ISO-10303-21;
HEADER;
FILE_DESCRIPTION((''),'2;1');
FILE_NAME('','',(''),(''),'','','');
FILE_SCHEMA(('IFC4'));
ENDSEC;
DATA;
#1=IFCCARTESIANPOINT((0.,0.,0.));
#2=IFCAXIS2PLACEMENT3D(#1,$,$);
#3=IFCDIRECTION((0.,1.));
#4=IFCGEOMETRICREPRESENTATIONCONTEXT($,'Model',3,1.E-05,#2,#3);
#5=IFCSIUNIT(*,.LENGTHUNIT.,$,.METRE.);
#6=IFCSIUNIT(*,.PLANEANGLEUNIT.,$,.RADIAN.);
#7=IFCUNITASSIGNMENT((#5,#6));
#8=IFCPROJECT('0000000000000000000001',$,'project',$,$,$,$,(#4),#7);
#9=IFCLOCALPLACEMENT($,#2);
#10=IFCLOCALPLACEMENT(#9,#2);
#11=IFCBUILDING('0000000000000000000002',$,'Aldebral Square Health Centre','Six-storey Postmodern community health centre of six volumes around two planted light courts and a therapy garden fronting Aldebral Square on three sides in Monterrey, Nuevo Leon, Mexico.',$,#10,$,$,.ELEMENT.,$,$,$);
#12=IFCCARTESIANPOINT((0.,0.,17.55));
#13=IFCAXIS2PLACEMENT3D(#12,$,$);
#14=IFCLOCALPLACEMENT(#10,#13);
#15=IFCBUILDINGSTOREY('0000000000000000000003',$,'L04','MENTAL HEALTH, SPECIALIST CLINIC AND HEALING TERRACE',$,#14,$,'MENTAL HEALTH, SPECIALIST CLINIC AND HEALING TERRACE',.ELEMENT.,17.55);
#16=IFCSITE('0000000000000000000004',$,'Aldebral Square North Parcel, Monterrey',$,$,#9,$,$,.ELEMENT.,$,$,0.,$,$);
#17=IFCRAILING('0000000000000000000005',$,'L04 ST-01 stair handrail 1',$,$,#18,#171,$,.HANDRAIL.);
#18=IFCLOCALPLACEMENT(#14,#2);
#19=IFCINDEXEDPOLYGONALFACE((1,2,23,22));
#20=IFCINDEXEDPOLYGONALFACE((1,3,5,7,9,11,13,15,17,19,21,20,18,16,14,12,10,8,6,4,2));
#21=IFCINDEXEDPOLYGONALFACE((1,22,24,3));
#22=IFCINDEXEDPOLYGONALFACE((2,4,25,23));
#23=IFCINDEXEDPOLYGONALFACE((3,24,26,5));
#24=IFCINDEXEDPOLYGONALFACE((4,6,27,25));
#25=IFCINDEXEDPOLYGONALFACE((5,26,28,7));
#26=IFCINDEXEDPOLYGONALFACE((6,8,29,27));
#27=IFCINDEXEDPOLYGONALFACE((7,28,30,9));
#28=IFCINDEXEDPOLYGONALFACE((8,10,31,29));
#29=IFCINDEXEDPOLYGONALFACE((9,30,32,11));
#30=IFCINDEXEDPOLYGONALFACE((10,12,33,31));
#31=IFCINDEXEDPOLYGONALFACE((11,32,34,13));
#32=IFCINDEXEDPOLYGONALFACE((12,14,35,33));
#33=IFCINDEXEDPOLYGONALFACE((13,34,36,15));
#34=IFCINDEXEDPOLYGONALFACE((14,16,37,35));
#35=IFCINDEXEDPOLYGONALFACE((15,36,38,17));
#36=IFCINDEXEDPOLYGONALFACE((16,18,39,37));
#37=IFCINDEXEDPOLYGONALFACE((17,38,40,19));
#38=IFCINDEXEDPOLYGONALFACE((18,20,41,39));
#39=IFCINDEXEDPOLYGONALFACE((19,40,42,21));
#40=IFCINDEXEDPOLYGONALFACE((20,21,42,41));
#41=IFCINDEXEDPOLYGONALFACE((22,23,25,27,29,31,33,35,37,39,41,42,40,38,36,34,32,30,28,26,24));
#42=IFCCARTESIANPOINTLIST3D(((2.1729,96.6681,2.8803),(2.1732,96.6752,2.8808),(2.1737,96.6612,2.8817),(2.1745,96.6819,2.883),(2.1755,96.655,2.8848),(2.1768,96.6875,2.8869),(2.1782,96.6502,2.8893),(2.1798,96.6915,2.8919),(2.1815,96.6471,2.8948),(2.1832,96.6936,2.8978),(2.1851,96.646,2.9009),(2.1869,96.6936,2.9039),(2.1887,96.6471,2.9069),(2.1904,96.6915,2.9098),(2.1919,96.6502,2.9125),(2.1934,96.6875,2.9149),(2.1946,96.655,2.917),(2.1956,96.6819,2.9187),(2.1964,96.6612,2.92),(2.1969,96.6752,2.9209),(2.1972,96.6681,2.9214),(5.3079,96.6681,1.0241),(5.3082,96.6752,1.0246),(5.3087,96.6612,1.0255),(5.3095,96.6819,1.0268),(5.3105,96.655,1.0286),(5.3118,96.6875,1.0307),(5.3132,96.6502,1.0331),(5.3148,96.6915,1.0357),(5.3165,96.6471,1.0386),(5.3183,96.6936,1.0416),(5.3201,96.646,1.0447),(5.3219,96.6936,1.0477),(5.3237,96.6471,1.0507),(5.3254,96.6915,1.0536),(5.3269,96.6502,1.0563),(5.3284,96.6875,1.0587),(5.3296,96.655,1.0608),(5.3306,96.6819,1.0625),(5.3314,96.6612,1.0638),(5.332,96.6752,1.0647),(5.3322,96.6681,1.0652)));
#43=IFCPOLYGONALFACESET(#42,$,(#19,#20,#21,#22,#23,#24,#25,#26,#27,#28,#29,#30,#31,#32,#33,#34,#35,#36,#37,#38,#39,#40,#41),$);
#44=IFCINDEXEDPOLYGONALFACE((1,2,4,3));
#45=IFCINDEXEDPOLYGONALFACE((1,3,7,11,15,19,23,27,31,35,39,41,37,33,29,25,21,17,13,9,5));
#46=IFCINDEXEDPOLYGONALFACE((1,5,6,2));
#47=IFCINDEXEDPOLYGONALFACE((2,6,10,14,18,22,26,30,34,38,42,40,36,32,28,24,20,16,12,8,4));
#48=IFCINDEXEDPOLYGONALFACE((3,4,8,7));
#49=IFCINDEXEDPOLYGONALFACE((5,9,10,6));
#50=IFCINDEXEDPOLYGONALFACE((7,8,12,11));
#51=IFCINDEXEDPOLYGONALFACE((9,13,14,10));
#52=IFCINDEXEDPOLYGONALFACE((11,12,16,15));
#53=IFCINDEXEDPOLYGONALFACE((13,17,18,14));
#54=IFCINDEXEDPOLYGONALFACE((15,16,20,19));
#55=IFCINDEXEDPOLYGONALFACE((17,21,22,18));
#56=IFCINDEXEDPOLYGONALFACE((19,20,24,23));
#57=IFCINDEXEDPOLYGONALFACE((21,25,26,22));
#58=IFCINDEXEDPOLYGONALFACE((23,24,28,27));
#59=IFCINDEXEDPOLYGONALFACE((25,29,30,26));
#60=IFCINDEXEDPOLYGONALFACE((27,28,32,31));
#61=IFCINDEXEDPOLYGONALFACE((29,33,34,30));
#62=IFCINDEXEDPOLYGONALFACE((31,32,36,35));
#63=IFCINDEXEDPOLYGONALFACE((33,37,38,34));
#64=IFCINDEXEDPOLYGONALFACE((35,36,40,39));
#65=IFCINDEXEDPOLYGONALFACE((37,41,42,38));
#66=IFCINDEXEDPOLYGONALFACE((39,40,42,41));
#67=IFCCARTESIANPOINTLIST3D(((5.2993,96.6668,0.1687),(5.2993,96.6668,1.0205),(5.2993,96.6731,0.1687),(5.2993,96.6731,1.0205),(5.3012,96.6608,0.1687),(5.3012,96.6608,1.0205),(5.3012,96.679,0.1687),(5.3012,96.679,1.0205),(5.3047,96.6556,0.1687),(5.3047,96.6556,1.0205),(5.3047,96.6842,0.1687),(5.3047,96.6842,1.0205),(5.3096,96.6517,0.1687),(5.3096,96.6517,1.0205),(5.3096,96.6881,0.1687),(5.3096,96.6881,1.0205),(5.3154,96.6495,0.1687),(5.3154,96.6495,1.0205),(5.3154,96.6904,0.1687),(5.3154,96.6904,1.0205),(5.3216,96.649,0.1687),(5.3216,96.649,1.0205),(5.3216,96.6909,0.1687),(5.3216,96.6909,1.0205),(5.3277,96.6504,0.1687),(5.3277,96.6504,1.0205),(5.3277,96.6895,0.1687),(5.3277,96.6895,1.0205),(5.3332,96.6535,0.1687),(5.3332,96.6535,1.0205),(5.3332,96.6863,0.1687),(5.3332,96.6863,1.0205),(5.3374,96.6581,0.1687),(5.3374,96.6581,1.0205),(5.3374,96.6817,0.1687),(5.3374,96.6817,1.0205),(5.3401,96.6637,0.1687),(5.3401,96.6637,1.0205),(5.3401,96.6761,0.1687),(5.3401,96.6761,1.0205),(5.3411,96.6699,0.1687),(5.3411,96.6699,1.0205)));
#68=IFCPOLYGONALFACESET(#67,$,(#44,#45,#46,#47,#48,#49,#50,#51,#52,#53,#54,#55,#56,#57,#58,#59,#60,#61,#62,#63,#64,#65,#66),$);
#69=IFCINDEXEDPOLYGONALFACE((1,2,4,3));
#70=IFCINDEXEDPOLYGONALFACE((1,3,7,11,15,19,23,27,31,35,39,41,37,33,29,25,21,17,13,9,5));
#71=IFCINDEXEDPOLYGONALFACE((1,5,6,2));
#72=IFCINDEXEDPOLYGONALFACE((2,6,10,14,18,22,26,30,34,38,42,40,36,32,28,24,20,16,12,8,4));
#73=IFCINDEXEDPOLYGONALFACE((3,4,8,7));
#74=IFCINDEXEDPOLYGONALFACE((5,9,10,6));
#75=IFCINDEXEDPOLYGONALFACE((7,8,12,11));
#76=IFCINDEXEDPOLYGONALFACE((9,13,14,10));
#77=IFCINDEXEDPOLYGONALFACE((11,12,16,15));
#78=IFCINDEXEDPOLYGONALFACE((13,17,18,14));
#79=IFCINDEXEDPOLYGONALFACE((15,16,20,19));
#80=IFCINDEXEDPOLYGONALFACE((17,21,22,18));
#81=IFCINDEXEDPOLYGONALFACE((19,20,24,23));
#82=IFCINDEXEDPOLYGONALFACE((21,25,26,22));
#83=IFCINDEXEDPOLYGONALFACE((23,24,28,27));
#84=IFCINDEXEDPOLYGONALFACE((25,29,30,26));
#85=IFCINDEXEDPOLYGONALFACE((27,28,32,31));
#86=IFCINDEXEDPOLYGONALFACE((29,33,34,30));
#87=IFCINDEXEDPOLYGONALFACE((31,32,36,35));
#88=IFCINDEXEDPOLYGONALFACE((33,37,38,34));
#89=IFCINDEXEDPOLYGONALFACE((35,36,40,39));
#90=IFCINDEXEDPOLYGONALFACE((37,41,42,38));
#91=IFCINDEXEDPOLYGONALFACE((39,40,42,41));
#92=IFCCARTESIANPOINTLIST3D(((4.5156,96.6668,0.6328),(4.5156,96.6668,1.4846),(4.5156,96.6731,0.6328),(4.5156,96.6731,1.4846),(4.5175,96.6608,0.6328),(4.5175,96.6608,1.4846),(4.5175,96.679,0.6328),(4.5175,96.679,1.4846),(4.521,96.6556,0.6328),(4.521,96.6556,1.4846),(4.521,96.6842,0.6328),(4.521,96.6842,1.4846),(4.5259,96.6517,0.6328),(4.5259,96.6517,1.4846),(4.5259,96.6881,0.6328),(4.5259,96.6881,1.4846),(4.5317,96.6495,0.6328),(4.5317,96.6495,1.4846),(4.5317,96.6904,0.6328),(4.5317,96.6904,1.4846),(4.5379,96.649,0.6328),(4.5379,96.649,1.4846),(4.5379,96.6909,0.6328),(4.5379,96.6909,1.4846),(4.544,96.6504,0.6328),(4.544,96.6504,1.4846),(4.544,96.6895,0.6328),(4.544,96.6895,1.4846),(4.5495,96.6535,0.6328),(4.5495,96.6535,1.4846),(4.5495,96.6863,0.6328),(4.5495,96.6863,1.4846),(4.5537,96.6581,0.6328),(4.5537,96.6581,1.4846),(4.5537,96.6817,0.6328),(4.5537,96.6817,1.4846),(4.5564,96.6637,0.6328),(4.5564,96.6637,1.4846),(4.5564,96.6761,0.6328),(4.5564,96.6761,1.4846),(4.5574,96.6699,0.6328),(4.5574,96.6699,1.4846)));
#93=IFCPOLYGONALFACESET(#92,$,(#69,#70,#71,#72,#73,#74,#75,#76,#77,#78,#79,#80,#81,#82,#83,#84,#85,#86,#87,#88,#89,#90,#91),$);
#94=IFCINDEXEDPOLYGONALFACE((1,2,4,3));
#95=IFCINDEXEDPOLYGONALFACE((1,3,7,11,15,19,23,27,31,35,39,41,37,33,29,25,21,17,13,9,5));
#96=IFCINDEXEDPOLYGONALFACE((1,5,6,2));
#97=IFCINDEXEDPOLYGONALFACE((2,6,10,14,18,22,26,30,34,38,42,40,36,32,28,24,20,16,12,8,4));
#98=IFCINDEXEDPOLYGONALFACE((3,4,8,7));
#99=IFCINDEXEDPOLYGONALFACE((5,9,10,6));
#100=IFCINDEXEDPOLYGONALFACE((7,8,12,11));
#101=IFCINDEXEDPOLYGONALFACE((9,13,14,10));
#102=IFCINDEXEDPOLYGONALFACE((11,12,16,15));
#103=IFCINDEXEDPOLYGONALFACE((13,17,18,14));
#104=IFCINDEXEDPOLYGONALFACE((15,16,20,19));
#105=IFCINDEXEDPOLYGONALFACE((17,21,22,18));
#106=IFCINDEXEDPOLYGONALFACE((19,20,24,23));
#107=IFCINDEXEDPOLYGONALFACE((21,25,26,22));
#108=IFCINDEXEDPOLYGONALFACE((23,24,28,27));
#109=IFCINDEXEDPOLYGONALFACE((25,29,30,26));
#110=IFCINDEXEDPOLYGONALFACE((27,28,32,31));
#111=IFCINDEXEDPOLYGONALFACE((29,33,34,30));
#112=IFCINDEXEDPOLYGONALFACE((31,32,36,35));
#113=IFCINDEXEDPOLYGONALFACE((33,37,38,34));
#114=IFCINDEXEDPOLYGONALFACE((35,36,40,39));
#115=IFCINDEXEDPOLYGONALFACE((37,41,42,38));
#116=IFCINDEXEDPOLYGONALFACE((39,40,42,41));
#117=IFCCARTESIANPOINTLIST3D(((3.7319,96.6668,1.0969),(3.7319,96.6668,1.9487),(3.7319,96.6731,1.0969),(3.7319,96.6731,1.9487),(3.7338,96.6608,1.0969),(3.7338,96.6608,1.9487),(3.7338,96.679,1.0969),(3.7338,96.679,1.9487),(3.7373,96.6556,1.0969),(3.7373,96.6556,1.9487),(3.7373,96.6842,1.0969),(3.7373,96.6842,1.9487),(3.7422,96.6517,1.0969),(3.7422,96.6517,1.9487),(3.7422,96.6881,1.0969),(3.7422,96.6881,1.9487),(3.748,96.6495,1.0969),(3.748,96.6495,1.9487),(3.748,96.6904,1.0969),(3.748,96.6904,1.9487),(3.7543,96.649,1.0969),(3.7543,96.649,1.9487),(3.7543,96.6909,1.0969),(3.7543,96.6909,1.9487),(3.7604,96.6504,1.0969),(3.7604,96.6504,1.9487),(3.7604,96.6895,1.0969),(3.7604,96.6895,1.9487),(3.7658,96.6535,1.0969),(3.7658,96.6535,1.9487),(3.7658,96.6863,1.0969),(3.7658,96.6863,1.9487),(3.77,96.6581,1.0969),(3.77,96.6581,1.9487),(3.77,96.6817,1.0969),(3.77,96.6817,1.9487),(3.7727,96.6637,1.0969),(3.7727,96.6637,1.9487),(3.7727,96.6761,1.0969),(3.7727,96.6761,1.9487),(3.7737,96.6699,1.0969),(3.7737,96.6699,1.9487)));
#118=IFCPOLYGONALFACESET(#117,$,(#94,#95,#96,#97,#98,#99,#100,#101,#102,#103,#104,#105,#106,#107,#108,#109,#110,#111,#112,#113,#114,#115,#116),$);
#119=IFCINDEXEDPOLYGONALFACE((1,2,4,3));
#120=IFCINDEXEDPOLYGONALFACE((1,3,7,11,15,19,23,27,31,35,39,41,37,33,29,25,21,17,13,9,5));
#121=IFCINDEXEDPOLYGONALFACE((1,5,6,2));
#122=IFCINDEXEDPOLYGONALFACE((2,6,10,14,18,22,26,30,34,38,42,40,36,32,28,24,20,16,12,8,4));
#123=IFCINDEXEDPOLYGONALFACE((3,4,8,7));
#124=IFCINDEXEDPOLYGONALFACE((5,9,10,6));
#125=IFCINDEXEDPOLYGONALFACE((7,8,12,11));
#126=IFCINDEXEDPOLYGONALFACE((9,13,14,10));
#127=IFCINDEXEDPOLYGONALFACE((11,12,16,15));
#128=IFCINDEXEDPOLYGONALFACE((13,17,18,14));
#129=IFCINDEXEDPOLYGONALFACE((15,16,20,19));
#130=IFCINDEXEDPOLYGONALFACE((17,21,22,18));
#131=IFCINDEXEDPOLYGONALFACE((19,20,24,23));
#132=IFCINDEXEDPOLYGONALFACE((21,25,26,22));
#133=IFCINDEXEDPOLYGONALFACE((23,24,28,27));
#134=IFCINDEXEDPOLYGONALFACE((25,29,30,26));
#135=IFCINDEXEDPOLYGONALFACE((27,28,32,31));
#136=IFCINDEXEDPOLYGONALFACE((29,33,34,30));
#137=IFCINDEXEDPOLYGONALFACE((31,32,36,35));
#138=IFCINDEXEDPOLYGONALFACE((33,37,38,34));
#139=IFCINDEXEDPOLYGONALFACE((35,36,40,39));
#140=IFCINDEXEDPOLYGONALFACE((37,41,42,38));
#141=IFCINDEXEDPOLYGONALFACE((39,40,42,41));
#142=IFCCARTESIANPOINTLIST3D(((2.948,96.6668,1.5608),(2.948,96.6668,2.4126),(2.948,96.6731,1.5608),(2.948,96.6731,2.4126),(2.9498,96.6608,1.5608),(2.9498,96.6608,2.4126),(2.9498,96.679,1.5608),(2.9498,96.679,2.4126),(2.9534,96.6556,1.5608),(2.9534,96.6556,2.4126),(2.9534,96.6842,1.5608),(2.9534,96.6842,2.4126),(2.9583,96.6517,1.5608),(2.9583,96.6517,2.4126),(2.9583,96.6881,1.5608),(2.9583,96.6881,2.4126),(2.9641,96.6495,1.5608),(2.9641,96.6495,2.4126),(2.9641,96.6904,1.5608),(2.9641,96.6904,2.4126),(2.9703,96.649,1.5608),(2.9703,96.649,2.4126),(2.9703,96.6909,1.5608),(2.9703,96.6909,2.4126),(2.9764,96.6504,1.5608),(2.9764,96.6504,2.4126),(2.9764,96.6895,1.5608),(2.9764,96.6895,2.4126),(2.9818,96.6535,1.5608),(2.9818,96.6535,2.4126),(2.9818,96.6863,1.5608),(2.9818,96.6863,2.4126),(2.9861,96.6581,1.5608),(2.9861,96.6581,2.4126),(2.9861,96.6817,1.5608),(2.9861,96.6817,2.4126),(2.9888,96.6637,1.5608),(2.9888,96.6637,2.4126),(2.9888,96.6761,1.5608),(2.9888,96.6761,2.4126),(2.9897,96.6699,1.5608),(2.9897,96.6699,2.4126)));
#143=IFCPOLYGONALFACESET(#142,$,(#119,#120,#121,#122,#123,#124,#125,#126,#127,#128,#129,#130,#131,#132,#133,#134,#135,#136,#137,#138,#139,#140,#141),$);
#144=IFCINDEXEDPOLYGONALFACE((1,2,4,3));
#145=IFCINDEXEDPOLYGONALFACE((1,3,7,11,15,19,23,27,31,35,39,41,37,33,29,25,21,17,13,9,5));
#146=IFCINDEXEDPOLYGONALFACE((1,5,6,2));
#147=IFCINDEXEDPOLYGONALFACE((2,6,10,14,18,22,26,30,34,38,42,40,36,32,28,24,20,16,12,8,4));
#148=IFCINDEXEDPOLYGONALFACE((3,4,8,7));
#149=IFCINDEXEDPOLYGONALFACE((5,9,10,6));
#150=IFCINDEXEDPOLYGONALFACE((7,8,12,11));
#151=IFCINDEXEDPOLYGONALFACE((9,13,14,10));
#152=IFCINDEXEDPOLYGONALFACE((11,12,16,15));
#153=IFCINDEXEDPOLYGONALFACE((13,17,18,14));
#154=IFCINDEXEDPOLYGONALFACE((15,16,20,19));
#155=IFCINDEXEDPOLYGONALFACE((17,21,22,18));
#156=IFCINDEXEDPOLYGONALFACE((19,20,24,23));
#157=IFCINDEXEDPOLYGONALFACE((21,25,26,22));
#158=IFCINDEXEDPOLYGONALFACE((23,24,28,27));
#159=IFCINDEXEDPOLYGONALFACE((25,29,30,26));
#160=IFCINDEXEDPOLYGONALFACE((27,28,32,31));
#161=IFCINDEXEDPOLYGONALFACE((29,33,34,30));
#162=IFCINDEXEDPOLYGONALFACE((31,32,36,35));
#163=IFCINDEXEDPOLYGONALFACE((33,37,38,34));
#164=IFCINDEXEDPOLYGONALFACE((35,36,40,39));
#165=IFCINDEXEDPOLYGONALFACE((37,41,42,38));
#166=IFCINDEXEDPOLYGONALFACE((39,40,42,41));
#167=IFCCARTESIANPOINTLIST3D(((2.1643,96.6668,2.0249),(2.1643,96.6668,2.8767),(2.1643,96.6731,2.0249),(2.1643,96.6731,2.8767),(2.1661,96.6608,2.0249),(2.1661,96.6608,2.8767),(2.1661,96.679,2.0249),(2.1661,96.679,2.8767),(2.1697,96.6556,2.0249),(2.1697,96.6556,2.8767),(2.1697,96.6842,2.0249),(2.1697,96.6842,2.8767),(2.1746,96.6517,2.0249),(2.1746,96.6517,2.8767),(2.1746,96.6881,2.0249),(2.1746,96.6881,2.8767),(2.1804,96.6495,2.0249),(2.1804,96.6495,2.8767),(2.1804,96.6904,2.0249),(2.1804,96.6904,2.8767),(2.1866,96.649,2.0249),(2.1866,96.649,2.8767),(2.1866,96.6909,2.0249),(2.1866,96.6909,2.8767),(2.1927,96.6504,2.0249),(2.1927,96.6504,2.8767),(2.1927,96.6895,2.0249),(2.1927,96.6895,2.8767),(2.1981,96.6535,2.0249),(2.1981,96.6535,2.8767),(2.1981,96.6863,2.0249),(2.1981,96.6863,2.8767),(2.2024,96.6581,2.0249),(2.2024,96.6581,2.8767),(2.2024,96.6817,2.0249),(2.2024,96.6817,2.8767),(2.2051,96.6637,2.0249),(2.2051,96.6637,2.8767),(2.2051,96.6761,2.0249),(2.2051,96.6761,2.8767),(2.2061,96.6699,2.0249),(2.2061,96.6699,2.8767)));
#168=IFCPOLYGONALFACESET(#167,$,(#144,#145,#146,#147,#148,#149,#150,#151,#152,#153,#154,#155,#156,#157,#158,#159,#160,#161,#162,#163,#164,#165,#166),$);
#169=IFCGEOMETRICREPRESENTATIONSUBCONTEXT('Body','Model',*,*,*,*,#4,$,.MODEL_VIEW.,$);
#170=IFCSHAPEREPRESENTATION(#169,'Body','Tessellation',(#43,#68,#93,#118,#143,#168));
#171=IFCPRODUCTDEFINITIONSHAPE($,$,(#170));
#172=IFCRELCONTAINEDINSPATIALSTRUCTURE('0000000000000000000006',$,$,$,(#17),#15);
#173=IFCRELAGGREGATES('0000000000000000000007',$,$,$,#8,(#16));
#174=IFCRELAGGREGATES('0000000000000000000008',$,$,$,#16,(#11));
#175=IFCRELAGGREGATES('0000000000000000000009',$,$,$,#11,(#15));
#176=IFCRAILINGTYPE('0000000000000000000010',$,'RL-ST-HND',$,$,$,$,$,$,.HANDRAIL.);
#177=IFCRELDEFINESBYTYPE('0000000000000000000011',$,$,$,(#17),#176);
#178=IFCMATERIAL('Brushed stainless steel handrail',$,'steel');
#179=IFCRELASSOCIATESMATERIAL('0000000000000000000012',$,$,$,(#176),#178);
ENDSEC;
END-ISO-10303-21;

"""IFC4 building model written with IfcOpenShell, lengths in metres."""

from ifc_helpers import new_model, si_unit, direction, frame, origin, origin_2d, place, context, subcontext, project, spatial, circle, extrude, material, type_object, element, save


model = new_model("IFC4")

# Units and contexts
model_context = context("Model", 3, precision=1e-05, world=origin(), true_north=direction((0.0, 1.0)))
body_context = subcontext(model_context, "Body", "Model", "MODEL_VIEW")
ifc_project = project(units=[si_unit("LENGTHUNIT", "METRE"), si_unit("PLANEANGLEUNIT", "RADIAN")], contexts=[model_context])

# Site, building, storey
site_placement = place(None, origin())
site = spatial("IfcSite", under=ifc_project, at=site_placement, Name="Aldebral Square North Parcel, Monterrey", CompositionType="ELEMENT", RefElevation=0.0)
building_placement = place(site_placement, origin())
building = spatial("IfcBuilding", under=site, at=building_placement, Name="Aldebral Square Health Centre", Description="Six-storey Postmodern community health centre of six volumes around two planted light courts and a therapy garden fronting Aldebral Square on three sides in Monterrey, Nuevo Leon, Mexico.", CompositionType="ELEMENT")
storey_placement = place(building_placement, frame((0.0, 0.0, 17.55)))
storey = spatial("IfcBuildingStorey", under=building, at=storey_placement, Name="L04", Description="MENTAL HEALTH, SPECIALIST CLINIC AND HEALING TERRACE", LongName="MENTAL HEALTH, SPECIALIST CLINIC AND HEALING TERRACE", CompositionType="ELEMENT", Elevation=17.55)

# Railing
ifc_material_1 = material(Name="Brushed stainless steel handrail", Category="steel")
railing_type_1 = type_object("IfcRailingType", Name="RL-ST-HND", PredefinedType="HANDRAIL", material=ifc_material_1)
railing_1_placement = place(storey_placement, frame((5.3201, 96.6699, 0.1687)))
element("IfcRailing", 1, at=railing_1_placement, inside=storey, type_object=railing_type_1, Name="L04 ST-01 stair handrail 1", PredefinedType="HANDRAIL", context=body_context, shape_type="SweptSolid", body=[
    extrude(circle(Radius=0.0239, at=origin_2d()), frame((0.0, 0.0, 0.876), z_axis=(-0.860482, 0.0, 0.509481), x_axis=(0.0, -1.0, 0.0)), (0.0, 0.0, 1.0), 3.6433),
    extrude(circle(Radius=0.021, at=origin_2d()), origin(), (0.0, 0.0, 1.0), 0.8518),
    extrude(circle(Radius=0.021, at=origin_2d()), frame((-0.7837, 0.0, 0.4641)), (0.0, 0.0, 1.0), 0.8518),
    extrude(circle(Radius=0.021, at=origin_2d()), frame((-1.5674, 0.0, 0.9282)), (0.0, 0.0, 1.0), 0.8518),
    extrude(circle(Radius=0.021, at=origin_2d()), frame((-2.3513, 0.0, 1.3921)), (0.0, 0.0, 1.0), 0.8518),
    extrude(circle(Radius=0.021, at=origin_2d()), frame((-3.135, 0.0, 1.8562)), (0.0, 0.0, 1.0), 0.8518),
])

save(model, "model.ifc")
